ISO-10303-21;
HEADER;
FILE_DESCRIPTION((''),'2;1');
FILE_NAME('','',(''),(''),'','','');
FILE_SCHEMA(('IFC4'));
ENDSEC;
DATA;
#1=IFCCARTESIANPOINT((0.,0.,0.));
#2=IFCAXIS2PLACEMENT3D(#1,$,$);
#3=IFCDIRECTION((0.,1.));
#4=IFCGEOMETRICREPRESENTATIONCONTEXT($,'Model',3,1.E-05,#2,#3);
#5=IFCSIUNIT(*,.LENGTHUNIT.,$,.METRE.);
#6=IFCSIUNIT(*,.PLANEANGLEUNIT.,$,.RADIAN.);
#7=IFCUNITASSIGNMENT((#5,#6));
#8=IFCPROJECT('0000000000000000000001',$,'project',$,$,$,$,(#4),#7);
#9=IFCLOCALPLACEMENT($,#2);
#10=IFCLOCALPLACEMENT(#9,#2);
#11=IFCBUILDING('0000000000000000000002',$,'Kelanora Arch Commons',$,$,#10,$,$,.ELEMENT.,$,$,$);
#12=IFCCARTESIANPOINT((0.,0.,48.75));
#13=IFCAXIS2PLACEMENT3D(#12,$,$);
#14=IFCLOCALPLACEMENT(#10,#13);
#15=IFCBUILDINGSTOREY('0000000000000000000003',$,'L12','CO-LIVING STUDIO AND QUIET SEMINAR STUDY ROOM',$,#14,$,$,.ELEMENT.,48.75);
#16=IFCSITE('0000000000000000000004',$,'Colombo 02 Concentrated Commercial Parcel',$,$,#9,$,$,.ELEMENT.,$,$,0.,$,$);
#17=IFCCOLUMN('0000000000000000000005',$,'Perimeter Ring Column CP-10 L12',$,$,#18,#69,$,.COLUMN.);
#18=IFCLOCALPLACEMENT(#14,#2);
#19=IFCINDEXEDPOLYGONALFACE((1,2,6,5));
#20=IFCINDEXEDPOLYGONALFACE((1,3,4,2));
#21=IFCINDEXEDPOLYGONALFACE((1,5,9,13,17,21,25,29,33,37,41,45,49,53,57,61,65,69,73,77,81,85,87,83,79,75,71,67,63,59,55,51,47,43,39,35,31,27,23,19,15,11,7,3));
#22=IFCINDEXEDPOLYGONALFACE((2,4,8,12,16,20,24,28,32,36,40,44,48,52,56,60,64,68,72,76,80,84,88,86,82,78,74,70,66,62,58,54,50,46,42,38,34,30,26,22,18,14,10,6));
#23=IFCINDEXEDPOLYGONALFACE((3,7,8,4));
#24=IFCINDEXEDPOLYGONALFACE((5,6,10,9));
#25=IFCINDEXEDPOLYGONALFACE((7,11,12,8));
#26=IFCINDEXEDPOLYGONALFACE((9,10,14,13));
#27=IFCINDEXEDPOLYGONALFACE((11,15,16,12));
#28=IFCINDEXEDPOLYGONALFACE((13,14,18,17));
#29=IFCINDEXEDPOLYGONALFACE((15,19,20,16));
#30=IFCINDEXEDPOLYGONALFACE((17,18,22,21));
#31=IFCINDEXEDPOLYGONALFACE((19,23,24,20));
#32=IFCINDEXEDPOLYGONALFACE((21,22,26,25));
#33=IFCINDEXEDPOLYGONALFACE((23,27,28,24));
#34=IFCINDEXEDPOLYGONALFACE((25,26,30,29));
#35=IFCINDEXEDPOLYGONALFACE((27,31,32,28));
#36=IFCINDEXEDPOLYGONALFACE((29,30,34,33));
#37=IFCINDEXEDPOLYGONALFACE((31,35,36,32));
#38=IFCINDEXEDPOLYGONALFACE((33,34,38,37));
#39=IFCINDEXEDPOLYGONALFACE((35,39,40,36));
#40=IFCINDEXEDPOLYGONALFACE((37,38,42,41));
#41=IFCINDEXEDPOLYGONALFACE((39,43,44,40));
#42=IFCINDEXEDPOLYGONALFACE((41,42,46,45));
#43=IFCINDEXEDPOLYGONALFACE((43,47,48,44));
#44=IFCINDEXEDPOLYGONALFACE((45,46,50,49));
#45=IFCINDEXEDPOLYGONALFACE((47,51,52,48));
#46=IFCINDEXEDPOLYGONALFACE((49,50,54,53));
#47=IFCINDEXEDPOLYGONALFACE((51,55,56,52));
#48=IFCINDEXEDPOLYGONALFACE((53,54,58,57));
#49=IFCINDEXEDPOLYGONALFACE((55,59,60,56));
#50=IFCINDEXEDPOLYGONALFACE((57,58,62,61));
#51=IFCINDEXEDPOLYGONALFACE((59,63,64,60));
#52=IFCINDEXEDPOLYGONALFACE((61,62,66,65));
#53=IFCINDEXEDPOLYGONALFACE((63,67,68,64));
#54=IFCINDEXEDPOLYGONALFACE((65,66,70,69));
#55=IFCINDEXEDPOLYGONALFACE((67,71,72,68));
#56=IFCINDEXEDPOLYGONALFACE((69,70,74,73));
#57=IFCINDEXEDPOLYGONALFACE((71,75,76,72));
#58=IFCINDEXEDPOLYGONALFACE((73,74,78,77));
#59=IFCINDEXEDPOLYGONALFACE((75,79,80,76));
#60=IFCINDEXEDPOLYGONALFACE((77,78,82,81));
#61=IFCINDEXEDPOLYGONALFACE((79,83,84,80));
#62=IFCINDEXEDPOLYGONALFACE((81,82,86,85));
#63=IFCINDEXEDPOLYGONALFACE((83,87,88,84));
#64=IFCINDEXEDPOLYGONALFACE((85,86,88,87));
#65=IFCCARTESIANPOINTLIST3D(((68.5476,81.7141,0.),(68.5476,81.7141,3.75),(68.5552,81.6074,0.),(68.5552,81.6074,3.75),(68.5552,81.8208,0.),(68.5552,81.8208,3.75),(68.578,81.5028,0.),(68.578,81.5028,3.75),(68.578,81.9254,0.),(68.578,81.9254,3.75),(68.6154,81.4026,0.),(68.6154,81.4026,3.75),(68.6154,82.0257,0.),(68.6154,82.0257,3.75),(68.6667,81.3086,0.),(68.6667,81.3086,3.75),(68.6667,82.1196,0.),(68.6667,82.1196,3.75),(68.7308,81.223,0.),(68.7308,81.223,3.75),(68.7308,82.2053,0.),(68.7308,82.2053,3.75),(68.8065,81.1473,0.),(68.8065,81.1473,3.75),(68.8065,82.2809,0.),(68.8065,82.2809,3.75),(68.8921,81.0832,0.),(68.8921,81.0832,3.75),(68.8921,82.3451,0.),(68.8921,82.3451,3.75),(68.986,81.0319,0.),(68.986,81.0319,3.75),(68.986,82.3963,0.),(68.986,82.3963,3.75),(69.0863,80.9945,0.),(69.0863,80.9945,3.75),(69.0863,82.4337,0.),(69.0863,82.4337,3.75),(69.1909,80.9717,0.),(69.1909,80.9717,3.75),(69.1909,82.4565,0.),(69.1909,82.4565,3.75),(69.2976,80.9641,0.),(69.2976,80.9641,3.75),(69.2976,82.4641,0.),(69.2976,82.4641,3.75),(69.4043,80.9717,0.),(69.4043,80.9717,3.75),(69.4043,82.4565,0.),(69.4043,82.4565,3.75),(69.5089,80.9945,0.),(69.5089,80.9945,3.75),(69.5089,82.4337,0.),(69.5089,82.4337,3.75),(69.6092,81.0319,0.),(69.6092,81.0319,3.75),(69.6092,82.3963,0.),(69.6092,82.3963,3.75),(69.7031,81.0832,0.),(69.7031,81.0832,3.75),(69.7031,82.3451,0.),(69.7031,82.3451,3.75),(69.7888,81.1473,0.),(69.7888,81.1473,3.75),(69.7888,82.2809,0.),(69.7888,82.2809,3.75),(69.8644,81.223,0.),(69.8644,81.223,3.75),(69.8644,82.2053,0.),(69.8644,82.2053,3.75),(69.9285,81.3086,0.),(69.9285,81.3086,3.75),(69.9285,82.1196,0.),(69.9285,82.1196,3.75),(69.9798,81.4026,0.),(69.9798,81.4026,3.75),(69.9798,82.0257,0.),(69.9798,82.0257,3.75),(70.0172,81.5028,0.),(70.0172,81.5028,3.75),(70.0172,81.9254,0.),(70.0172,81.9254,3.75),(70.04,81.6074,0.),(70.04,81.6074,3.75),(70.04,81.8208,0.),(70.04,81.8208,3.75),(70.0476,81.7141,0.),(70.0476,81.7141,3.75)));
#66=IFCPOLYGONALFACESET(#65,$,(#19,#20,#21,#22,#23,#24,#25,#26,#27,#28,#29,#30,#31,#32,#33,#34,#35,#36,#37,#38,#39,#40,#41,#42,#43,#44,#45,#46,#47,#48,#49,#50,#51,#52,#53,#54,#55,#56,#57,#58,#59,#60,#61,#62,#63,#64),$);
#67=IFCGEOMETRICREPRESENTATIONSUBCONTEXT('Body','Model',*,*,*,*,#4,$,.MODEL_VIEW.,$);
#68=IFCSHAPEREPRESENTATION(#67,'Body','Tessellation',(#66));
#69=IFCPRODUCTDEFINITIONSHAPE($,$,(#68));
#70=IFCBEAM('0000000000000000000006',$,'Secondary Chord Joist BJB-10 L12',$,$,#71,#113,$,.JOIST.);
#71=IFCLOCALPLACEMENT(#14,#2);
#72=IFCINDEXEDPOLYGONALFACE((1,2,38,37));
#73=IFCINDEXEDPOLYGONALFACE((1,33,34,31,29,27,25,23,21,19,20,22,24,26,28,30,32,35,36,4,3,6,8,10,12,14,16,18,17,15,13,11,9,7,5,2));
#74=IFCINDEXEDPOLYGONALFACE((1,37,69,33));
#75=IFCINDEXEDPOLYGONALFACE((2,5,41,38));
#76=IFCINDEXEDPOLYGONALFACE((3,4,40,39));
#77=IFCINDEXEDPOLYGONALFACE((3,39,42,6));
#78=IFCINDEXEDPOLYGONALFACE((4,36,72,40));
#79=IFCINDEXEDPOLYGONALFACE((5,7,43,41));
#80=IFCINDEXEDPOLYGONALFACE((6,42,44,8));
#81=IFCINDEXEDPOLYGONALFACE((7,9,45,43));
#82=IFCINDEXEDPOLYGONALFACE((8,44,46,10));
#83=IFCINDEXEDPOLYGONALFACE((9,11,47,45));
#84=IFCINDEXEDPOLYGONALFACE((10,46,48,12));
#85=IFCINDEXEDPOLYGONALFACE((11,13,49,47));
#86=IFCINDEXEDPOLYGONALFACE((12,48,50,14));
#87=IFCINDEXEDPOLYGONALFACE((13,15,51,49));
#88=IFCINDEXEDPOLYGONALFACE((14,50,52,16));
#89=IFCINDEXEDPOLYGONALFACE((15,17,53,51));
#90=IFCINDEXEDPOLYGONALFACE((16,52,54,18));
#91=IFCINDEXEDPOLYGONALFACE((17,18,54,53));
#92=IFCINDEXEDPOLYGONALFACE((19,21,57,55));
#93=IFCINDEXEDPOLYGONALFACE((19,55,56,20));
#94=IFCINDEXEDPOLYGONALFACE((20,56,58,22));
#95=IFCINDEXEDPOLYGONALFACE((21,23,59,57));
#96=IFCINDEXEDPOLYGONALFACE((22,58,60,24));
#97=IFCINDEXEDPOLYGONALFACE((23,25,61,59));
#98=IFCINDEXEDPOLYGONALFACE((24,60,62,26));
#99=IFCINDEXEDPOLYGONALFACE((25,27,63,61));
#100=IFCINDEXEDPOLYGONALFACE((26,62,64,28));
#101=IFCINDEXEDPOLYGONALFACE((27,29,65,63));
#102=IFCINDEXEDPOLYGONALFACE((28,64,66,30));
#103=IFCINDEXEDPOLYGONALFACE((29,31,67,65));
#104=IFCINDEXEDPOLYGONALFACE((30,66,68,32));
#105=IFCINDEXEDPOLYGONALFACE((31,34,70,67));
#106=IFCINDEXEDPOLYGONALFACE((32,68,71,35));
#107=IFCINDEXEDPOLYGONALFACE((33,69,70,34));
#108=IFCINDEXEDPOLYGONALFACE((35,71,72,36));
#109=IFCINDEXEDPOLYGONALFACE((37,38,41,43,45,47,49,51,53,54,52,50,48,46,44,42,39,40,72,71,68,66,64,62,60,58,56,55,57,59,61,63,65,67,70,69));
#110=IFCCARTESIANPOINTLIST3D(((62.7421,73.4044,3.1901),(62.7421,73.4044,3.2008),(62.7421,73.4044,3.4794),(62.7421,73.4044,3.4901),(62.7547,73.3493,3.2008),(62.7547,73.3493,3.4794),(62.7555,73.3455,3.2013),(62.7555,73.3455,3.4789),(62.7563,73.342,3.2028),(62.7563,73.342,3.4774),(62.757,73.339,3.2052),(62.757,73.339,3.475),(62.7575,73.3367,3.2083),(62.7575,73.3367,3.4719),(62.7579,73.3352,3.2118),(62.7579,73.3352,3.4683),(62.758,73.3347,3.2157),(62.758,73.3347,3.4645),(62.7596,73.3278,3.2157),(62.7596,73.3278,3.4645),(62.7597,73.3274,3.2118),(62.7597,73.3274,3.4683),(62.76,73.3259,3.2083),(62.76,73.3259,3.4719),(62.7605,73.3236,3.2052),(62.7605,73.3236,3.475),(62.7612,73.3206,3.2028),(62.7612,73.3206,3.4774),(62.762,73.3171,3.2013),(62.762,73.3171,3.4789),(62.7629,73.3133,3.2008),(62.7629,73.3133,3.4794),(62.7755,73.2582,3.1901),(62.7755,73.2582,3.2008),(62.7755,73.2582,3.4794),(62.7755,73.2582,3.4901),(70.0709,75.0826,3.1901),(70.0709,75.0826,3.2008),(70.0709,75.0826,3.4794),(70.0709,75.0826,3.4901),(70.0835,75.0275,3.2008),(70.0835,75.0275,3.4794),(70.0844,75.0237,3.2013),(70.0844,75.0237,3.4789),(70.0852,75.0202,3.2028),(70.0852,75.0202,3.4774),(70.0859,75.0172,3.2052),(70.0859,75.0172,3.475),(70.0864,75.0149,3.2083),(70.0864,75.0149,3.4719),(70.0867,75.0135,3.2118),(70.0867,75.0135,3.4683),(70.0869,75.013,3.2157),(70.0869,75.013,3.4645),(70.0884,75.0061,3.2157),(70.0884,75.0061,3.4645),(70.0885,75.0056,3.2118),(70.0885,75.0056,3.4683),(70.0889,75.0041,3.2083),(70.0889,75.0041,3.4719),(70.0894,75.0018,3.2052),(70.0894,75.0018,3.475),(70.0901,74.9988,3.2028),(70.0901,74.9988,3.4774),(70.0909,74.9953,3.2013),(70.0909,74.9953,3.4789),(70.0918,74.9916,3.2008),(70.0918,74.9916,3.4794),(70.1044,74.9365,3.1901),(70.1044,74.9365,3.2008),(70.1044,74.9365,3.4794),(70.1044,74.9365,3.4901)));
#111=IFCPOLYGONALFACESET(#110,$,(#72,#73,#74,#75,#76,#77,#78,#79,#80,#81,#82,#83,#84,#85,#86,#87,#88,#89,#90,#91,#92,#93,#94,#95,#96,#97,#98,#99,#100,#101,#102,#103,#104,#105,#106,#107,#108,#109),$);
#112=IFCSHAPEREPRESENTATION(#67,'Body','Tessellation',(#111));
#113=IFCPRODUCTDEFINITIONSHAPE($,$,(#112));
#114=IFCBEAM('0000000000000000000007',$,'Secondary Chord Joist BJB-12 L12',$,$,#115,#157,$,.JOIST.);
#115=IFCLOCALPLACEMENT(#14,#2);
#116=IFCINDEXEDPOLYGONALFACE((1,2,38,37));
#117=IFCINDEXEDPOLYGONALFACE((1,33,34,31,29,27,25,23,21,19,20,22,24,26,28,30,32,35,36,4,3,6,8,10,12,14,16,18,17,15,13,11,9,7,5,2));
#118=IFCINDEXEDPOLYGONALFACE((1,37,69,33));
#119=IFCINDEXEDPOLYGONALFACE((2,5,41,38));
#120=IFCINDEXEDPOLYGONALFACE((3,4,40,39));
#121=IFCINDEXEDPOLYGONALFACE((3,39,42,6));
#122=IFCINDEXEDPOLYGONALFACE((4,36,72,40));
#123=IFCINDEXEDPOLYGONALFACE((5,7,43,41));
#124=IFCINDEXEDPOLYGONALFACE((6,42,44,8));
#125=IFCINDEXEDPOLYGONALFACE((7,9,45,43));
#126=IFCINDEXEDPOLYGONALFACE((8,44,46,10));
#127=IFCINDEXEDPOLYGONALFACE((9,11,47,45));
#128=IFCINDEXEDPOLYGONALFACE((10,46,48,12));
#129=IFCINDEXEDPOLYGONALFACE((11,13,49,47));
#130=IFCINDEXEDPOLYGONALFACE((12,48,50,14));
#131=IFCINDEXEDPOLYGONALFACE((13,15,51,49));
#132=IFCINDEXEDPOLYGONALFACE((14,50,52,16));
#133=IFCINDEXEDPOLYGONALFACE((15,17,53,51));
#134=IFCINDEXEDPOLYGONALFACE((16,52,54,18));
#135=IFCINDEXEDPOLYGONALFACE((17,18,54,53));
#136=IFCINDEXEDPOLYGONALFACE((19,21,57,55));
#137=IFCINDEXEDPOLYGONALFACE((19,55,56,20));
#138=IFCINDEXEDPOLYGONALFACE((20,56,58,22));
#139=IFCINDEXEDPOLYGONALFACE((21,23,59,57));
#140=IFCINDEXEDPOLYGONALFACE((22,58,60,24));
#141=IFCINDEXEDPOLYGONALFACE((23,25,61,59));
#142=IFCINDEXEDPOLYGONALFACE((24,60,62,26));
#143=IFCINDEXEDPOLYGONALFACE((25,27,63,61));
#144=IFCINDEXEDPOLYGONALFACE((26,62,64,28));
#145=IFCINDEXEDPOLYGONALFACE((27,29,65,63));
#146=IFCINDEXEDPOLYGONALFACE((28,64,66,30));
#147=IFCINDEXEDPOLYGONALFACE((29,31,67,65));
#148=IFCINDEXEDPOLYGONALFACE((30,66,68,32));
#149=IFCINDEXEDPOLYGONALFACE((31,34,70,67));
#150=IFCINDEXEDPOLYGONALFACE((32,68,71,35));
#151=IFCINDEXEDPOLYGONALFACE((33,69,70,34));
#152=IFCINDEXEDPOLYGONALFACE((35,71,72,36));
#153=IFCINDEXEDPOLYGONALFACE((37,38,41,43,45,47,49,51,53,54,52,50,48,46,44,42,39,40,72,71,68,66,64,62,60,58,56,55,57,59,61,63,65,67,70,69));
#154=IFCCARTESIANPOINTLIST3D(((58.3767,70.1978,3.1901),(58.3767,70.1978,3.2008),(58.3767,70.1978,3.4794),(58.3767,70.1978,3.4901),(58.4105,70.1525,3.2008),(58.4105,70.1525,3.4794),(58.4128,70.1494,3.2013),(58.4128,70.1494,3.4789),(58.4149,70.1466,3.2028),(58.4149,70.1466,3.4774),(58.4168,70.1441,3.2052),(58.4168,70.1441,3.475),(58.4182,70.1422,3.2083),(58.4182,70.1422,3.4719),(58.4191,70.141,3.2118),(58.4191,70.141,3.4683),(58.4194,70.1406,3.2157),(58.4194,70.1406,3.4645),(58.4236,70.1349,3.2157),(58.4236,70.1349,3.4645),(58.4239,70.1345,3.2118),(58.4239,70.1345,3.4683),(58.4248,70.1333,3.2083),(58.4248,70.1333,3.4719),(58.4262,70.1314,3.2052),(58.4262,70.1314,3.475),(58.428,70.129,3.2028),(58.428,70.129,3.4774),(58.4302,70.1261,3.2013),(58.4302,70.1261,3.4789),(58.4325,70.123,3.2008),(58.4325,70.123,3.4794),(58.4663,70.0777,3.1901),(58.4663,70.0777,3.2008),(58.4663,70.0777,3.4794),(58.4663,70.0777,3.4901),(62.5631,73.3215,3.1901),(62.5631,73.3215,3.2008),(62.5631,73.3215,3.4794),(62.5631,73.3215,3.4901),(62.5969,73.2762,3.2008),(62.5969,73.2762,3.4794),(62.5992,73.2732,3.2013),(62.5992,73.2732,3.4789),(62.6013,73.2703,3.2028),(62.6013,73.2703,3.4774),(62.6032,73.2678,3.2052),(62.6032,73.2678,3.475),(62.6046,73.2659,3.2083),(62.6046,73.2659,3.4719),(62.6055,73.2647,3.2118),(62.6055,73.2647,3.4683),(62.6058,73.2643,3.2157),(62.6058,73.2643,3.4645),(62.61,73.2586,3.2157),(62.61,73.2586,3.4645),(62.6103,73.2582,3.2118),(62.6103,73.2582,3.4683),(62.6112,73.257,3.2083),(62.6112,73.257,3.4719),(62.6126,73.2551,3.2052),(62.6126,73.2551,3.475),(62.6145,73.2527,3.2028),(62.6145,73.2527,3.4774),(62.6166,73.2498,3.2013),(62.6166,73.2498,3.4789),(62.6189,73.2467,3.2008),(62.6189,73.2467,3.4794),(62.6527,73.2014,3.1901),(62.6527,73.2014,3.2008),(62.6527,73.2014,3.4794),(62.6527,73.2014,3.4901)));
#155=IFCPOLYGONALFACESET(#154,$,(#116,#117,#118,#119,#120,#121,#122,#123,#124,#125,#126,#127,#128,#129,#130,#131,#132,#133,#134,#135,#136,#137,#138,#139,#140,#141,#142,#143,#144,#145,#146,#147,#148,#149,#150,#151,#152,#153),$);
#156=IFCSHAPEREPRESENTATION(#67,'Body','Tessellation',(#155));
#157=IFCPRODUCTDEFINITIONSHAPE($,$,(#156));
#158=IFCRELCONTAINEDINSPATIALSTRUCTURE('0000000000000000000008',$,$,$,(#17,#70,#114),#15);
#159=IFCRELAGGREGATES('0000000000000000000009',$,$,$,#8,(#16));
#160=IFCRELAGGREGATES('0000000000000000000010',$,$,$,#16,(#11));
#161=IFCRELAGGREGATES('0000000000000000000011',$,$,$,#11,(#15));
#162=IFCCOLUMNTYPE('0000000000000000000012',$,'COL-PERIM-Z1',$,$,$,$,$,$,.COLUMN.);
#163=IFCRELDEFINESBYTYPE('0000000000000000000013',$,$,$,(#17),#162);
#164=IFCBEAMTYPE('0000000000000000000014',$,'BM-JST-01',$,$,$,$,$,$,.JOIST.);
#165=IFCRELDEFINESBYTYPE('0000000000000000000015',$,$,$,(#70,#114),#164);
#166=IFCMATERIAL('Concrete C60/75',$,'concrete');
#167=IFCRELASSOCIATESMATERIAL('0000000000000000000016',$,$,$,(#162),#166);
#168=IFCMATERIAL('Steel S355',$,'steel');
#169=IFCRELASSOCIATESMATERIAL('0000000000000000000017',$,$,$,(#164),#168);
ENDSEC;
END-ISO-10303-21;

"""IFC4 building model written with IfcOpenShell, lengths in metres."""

from ifc_helpers import new_model, si_unit, direction, frame, origin, origin_2d, place, context, subcontext, project, spatial, circle, i_section, extrude, material, material_profile, profile_set, type_object, element, save


model = new_model("IFC4")

# Units and contexts
model_context = context("Model", 3, precision=1e-05, world=origin(), true_north=direction((0.0, 1.0)))
body_context = subcontext(model_context, "Body", "Model", "MODEL_VIEW")
ifc_project = project(units=[si_unit("LENGTHUNIT", "METRE"), si_unit("PLANEANGLEUNIT", "RADIAN")], contexts=[model_context])

# Site, building, storey
site_placement = place(None, origin())
site = spatial("IfcSite", under=ifc_project, at=site_placement, Name="Colombo 02 Concentrated Commercial Parcel", CompositionType="ELEMENT", RefElevation=0.0)
building_placement = place(site_placement, origin())
building = spatial("IfcBuilding", under=site, at=building_placement, Name="Kelanora Arch Commons", CompositionType="ELEMENT")
storey_placement = place(building_placement, frame((0.0, 0.0, 48.75)))
storey = spatial("IfcBuildingStorey", under=building, at=storey_placement, Name="L12", Description="CO-LIVING STUDIO AND QUIET SEMINAR STUDY ROOM", CompositionType="ELEMENT", Elevation=48.75)

# Column
ifc_material_1 = material(Name="Concrete C60/75", Category="concrete")
ifc_material_profile_1 = material_profile(ifc_material_1, circle(Radius=0.75, at=origin_2d()), Name="RCC1500")
ifc_profile_set_1 = profile_set([ifc_material_profile_1], Name="Concrete C60/75")
column_type = type_object("IfcColumnType", Name="COL-PERIM-Z1", PredefinedType="COLUMN", material=ifc_profile_set_1)
column_placement = place(storey_placement, frame((69.2976, 81.7141, 0.0), z_axis=(0.0, 0.0, 1.0), x_axis=(1.0, 0.0, 0.0)))
element("IfcColumn", 1, at=column_placement, inside=storey, type_object=column_type, Name="Perimeter Ring Column CP-10 L12", PredefinedType="COLUMN", context=body_context, shape_type="SweptSolid", body=[
    extrude(circle(Radius=0.75, at=origin_2d()), origin(), (0.0, 0.0, 1.0), 3.75),
])

# Beams
ifc_material_2 = material(Name="Steel S355", Category="steel")
ifc_material_profile_2 = material_profile(ifc_material_2, i_section(OverallWidth=0.1499, OverallDepth=0.3, WebThickness=0.0071, FlangeThickness=0.0107, FilletRadius=0.0149, at=origin_2d()), Name="IPE300")
ifc_profile_set_2 = profile_set([ifc_material_profile_2], Name="Steel S355")
beam_type_1 = type_object("IfcBeamType", Name="BM-JST-01", PredefinedType="JOIST", material=ifc_profile_set_2)
beam_1_placement = place(storey_placement, frame((70.0876, 75.0095, 3.3401), z_axis=(-0.97477, -0.223211, 0.0), x_axis=(0.223211, -0.97477, 0.0)))
element("IfcBeam", 2, at=beam_1_placement, inside=storey, type_object=beam_type_1, Name="Secondary Chord Joist BJB-10 L12", PredefinedType="JOIST", context=body_context, shape_type="SweptSolid", body=[
    extrude(i_section(OverallWidth=0.1499, OverallDepth=0.3, WebThickness=0.0071, FlangeThickness=0.0107, FilletRadius=0.0149, at=origin_2d()), origin(), (0.0, 0.0, 1.0), 7.5186),
])
beam_2_placement = place(storey_placement, frame((62.6079, 73.2615, 3.3401), z_axis=(-0.801478, -0.598024, 0.0), x_axis=(0.598024, -0.801478, 0.0)))
element("IfcBeam", 3, at=beam_2_placement, inside=storey, type_object=beam_type_1, Name="Secondary Chord Joist BJB-12 L12", PredefinedType="JOIST", context=body_context, shape_type="SweptSolid", body=[
    extrude(i_section(OverallWidth=0.1499, OverallDepth=0.3, WebThickness=0.0071, FlangeThickness=0.0107, FilletRadius=0.0149, at=origin_2d()), origin(), (0.0, 0.0, 1.0), 5.2234),
])

save(model, "model.ifc")
